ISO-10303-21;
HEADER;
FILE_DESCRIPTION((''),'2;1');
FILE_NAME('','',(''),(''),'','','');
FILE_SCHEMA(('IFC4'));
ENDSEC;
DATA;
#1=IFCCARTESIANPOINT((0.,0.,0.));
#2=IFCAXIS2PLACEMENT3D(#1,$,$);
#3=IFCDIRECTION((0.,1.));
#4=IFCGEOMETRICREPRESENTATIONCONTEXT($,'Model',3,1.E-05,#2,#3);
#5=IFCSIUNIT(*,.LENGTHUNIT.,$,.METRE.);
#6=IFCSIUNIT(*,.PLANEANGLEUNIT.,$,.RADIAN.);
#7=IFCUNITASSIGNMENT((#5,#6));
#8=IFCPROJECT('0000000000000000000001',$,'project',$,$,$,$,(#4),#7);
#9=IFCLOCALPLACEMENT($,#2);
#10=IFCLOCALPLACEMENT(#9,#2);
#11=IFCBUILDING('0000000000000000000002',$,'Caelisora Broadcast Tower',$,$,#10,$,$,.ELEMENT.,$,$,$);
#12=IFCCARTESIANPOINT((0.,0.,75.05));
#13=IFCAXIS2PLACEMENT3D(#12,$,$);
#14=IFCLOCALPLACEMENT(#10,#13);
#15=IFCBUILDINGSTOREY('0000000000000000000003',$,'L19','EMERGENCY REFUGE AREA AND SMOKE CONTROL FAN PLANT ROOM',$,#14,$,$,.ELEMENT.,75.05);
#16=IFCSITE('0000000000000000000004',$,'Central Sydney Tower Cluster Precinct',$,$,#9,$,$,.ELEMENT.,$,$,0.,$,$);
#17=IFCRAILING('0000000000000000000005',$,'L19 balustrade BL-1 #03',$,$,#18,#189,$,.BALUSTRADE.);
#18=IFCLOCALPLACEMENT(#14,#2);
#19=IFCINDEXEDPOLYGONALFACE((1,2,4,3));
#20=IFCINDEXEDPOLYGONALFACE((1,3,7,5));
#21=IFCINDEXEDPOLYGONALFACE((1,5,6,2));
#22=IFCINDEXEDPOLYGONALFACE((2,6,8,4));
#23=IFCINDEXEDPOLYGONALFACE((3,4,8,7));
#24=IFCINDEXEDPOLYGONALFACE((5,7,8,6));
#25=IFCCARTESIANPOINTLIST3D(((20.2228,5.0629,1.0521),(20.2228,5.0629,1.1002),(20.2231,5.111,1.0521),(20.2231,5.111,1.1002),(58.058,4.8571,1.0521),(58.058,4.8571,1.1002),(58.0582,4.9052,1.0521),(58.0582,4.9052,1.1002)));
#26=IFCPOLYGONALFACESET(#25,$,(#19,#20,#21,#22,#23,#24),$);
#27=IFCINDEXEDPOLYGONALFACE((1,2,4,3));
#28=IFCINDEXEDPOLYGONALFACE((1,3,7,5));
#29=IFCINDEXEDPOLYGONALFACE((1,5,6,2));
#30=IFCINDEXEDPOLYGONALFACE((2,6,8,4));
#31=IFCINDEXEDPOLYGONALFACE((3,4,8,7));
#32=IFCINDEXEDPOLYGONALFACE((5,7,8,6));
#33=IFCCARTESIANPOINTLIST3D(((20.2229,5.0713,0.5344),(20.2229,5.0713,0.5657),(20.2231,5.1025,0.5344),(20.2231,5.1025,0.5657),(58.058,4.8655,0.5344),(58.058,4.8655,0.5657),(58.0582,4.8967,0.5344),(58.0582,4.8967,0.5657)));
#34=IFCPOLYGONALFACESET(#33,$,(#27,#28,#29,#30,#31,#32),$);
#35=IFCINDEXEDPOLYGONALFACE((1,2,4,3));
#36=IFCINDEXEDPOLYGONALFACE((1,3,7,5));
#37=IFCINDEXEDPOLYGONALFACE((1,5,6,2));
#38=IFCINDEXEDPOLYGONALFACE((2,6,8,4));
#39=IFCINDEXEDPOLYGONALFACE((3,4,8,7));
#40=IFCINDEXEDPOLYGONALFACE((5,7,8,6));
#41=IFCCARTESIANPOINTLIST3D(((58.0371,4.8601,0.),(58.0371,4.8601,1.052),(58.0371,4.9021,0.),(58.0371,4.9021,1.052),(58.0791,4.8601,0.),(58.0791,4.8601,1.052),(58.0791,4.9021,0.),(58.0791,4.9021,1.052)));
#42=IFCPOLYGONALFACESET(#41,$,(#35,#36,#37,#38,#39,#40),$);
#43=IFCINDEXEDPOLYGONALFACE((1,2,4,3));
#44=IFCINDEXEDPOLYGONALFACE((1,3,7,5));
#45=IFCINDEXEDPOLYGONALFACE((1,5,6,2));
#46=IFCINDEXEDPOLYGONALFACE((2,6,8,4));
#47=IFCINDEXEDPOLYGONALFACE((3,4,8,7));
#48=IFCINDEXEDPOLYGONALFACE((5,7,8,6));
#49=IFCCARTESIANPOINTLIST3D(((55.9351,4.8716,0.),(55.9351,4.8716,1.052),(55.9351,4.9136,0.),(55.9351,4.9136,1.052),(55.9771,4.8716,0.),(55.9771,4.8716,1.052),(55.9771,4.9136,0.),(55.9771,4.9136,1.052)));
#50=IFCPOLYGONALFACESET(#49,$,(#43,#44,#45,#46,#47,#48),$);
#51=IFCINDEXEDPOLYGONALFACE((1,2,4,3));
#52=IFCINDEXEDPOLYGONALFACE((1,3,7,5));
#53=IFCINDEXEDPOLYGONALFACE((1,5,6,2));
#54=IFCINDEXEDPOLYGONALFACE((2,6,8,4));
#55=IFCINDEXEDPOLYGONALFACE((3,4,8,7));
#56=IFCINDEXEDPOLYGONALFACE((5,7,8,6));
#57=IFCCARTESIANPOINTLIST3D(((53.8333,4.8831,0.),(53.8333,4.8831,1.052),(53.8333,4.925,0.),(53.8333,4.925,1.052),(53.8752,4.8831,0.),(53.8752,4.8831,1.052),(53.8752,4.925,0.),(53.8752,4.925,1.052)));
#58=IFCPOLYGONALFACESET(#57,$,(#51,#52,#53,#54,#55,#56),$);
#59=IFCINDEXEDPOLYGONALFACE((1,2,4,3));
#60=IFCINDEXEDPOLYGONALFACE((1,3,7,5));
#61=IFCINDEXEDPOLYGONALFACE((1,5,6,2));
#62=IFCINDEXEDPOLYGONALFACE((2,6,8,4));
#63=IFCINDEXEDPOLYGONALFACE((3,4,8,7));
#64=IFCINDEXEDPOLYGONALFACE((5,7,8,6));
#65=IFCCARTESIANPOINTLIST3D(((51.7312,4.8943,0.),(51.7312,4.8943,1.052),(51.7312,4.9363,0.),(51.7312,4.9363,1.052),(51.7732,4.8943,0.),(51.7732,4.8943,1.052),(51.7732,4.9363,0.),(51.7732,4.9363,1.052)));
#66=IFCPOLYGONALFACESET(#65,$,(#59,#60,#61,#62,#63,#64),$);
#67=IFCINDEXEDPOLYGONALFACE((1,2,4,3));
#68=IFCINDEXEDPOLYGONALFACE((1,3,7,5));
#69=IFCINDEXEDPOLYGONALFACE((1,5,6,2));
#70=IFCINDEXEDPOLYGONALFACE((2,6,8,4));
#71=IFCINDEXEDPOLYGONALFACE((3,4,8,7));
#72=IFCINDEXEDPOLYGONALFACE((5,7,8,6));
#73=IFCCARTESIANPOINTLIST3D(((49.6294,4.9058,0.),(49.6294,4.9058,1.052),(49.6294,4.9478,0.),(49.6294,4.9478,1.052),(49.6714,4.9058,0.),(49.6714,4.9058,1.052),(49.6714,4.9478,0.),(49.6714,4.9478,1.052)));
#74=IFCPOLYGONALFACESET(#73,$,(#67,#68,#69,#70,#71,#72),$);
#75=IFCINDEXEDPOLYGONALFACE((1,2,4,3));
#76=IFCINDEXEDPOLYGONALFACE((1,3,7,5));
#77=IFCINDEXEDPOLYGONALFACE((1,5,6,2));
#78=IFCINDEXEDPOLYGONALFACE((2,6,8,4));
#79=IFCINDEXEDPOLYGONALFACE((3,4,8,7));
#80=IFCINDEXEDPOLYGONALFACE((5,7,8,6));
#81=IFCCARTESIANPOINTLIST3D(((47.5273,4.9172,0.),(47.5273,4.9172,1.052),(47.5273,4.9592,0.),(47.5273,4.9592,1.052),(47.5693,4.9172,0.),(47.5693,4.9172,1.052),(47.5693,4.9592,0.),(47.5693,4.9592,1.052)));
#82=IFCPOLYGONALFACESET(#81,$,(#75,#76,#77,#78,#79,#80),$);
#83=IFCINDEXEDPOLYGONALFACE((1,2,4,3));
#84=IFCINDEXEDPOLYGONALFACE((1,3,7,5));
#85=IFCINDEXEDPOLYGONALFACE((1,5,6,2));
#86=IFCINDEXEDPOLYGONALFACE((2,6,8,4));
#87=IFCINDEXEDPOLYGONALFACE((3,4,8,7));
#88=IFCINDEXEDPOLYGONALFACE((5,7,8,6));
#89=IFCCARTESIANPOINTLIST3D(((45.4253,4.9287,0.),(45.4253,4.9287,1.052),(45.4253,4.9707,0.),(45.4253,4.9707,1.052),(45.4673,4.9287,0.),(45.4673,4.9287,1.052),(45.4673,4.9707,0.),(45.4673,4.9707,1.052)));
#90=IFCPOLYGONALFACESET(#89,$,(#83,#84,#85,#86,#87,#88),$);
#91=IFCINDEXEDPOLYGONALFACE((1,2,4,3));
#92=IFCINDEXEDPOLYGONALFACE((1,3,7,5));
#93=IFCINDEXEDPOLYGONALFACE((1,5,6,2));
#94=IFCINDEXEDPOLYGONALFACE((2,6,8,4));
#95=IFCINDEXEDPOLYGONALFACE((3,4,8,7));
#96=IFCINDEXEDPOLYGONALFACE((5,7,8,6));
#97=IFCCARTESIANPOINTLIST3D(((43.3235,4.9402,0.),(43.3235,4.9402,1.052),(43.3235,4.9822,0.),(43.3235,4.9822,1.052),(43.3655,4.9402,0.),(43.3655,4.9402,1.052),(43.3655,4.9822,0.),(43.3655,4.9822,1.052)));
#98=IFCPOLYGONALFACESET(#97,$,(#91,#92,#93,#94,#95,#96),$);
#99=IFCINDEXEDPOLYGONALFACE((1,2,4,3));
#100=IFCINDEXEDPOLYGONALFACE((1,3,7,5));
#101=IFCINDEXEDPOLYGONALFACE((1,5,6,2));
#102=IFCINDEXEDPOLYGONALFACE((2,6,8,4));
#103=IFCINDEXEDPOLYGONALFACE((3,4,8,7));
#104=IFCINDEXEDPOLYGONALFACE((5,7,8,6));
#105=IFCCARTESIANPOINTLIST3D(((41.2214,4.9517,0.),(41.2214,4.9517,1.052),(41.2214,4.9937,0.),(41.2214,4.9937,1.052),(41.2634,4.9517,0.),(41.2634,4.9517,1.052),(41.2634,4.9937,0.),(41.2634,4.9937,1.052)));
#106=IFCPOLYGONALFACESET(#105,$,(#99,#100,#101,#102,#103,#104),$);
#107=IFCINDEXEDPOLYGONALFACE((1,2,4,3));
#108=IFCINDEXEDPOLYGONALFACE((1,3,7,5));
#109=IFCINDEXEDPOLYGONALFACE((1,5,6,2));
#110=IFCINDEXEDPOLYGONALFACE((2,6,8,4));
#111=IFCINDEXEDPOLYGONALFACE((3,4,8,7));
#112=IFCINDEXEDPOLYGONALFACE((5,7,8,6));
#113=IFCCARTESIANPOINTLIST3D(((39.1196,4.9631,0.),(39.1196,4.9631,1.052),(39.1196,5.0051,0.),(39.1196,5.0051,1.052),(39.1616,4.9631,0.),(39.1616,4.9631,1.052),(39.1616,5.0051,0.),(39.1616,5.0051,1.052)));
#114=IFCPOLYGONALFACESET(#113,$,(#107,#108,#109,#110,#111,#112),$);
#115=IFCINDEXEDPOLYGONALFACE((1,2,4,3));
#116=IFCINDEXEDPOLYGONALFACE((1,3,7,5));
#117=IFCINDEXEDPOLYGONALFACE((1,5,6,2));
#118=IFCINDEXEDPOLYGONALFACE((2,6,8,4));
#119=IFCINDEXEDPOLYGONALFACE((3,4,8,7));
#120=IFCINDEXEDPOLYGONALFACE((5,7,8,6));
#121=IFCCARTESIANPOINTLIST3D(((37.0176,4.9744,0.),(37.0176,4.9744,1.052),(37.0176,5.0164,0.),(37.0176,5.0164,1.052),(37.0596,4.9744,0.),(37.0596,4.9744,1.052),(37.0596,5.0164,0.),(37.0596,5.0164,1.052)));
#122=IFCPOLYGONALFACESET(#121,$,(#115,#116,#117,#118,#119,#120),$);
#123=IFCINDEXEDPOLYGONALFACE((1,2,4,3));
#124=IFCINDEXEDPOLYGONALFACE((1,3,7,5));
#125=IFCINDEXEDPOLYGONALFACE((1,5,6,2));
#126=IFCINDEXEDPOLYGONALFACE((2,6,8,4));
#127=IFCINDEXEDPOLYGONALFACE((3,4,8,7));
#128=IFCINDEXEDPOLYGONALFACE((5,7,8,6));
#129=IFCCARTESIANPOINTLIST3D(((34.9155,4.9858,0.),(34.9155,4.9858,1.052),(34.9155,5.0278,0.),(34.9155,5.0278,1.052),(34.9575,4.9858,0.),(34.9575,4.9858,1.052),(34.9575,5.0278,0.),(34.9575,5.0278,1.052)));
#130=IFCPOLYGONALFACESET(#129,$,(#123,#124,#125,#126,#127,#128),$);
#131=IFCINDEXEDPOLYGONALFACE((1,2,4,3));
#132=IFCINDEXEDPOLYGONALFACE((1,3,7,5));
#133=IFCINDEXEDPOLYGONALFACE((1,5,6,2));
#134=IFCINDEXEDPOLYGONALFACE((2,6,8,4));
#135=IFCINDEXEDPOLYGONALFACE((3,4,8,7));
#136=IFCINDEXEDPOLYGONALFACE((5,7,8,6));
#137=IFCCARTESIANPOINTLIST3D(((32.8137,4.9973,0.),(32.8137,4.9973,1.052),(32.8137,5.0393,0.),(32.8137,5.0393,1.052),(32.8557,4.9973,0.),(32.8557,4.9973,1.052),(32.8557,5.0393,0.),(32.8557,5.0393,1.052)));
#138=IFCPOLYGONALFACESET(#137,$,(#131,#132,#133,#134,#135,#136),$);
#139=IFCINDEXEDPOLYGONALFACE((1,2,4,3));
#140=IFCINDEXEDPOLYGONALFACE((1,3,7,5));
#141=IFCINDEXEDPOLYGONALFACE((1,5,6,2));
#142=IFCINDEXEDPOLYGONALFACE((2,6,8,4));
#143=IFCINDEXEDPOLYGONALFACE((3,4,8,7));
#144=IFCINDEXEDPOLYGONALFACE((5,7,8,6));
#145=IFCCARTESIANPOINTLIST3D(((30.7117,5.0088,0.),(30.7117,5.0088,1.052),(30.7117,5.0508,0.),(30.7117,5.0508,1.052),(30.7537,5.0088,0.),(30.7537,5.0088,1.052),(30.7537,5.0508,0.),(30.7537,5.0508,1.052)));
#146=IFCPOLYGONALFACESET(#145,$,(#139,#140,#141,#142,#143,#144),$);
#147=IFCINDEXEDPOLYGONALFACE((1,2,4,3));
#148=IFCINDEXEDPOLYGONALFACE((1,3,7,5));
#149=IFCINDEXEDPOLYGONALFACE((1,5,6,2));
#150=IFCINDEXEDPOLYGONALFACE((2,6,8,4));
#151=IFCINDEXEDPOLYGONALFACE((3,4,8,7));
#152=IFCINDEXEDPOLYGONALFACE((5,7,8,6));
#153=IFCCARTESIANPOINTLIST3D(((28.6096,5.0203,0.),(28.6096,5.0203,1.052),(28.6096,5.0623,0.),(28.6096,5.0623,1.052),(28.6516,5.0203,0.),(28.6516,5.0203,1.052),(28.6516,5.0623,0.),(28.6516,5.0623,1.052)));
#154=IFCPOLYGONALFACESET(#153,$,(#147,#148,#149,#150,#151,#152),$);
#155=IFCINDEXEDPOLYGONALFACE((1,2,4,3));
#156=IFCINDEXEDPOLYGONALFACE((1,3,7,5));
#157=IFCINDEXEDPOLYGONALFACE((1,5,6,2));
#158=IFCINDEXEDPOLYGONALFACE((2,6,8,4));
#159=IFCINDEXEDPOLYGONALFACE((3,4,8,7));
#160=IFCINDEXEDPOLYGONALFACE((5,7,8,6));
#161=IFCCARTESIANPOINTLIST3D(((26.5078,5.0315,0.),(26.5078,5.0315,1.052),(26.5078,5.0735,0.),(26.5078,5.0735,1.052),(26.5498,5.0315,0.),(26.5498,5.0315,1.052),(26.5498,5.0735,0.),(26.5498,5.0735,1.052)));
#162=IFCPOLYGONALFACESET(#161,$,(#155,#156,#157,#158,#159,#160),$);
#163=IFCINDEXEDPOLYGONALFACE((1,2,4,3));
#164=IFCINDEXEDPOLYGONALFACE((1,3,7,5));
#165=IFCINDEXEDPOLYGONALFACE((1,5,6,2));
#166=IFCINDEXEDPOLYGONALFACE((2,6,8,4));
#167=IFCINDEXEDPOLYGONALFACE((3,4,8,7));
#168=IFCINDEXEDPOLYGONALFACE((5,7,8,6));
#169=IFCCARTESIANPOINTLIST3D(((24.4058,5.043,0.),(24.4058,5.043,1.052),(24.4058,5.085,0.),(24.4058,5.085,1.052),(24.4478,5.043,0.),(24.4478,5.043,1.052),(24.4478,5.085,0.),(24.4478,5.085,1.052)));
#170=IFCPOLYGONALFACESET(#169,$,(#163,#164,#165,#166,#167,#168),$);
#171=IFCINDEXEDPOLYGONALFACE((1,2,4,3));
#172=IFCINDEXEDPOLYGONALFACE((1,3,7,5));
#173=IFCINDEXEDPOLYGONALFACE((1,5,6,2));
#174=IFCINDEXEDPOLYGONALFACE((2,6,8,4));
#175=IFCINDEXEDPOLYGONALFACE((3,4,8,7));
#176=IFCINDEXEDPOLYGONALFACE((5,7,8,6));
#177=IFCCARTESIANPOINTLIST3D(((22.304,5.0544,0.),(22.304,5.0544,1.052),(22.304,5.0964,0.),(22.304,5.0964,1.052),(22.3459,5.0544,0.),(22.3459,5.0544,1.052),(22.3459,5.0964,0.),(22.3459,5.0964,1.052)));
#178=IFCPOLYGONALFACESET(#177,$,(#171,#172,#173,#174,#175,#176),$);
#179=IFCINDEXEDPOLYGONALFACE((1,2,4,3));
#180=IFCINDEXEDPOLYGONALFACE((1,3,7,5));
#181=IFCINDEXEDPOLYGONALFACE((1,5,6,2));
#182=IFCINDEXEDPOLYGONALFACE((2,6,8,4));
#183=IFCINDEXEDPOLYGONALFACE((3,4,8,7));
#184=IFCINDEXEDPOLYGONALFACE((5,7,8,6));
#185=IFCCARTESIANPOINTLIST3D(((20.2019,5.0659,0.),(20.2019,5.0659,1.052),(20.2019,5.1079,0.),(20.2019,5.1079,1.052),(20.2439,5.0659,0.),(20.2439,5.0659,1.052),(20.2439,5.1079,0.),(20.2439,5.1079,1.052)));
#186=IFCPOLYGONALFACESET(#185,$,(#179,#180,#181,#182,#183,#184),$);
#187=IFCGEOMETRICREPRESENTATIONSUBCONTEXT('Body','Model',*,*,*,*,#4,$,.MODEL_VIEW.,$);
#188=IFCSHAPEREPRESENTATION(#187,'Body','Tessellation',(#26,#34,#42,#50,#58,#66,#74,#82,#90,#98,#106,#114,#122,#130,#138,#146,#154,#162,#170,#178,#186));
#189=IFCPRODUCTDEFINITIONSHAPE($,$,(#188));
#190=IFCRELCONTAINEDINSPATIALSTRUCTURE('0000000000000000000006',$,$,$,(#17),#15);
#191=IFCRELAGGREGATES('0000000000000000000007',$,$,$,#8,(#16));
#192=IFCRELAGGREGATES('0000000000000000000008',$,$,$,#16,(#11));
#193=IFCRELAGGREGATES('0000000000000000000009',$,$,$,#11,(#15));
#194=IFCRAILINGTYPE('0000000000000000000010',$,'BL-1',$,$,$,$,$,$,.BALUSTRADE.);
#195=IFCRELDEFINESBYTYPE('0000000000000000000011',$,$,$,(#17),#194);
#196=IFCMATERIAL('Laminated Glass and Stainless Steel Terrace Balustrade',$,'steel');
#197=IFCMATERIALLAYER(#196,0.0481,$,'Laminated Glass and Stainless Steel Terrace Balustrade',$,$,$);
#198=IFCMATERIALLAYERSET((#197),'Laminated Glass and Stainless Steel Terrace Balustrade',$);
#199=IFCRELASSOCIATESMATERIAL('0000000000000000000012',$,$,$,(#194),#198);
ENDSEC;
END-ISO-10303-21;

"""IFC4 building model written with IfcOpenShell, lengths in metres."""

from ifc_helpers import new_model, si_unit, direction, frame, origin, origin_2d, place, context, subcontext, project, spatial, rectangle, extrude, material, layer, layer_set, type_object, element, save


model = new_model("IFC4")

# Units and contexts
model_context = context("Model", 3, precision=1e-05, world=origin(), true_north=direction((0.0, 1.0)))
body_context = subcontext(model_context, "Body", "Model", "MODEL_VIEW")
ifc_project = project(units=[si_unit("LENGTHUNIT", "METRE"), si_unit("PLANEANGLEUNIT", "RADIAN")], contexts=[model_context])

# Site, building, storey
site_placement = place(None, origin())
site = spatial("IfcSite", under=ifc_project, at=site_placement, Name="Central Sydney Tower Cluster Precinct", CompositionType="ELEMENT", RefElevation=0.0)
building_placement = place(site_placement, origin())
building = spatial("IfcBuilding", under=site, at=building_placement, Name="Caelisora Broadcast Tower", CompositionType="ELEMENT")
storey_placement = place(building_placement, frame((0.0, 0.0, 75.05)))
storey = spatial("IfcBuildingStorey", under=building, at=storey_placement, Name="L19", Description="EMERGENCY REFUGE AREA AND SMOKE CONTROL FAN PLANT ROOM", CompositionType="ELEMENT", Elevation=75.05)

# Railing
ifc_material_1 = material(Name="Laminated Glass and Stainless Steel Terrace Balustrade", Category="steel")
ifc_layer_1 = layer(ifc_material_1, 0.0481, Name="Laminated Glass and Stainless Steel Terrace Balustrade")
ifc_layer_set_1 = layer_set([ifc_layer_1], Name="Laminated Glass and Stainless Steel Terrace Balustrade")
railing_type = type_object("IfcRailingType", Name="BL-1", PredefinedType="BALUSTRADE", material=ifc_layer_set_1)
railing_1_placement = place(storey_placement, frame((58.0581, 4.8811, 0.0)))
element("IfcRailing", 1, at=railing_1_placement, inside=storey, type_object=railing_type, Name="L19 balustrade BL-1 #03", PredefinedType="BALUSTRADE", context=body_context, shape_type="SweptSolid", body=[
    extrude(rectangle(XDim=0.0481, YDim=0.0481, at=origin_2d()), frame((0.0, 0.0, 1.0762), z_axis=(-0.999985, 0.00544, 0.0), x_axis=(-0.00544, -0.999985, 0.0)), (0.0, 0.0, 1.0), 37.8357),
    extrude(rectangle(XDim=0.0312, YDim=0.0312, at=origin_2d()), frame((0.0, 0.0, 0.55), z_axis=(-0.999985, 0.00544, 0.0), x_axis=(-0.00544, -0.999985, 0.0)), (0.0, 0.0, 1.0), 37.8357),
    extrude(rectangle(XDim=0.042, YDim=0.042, at=origin_2d()), origin(), (0.0, 0.0, 1.0), 1.052),
    extrude(rectangle(XDim=0.042, YDim=0.042, at=origin_2d()), frame((-2.1021, 0.0115, 0.0)), (0.0, 0.0, 1.0), 1.052),
    extrude(rectangle(XDim=0.042, YDim=0.042, at=origin_2d()), frame((-4.2039, 0.0229, 0.0)), (0.0, 0.0, 1.0), 1.052),
    extrude(rectangle(XDim=0.042, YDim=0.042, at=origin_2d()), frame((-6.3059, 0.0342, 0.0)), (0.0, 0.0, 1.0), 1.052),
    extrude(rectangle(XDim=0.042, YDim=0.042, at=origin_2d()), frame((-8.4077, 0.0457, 0.0)), (0.0, 0.0, 1.0), 1.052),
    extrude(rectangle(XDim=0.042, YDim=0.042, at=origin_2d()), frame((-10.5098, 0.0571, 0.0)), (0.0, 0.0, 1.0), 1.052),
    extrude(rectangle(XDim=0.042, YDim=0.042, at=origin_2d()), frame((-12.6118, 0.0686, 0.0)), (0.0, 0.0, 1.0), 1.052),
    extrude(rectangle(XDim=0.042, YDim=0.042, at=origin_2d()), frame((-14.7136, 0.0801, 0.0)), (0.0, 0.0, 1.0), 1.052),
    extrude(rectangle(XDim=0.042, YDim=0.042, at=origin_2d()), frame((-16.8157, 0.0916, 0.0)), (0.0, 0.0, 1.0), 1.052),
    extrude(rectangle(XDim=0.042, YDim=0.042, at=origin_2d()), frame((-18.9175, 0.103, 0.0)), (0.0, 0.0, 1.0), 1.052),
    extrude(rectangle(XDim=0.042, YDim=0.042, at=origin_2d()), frame((-21.0195, 0.1143, 0.0)), (0.0, 0.0, 1.0), 1.052),
    extrude(rectangle(XDim=0.042, YDim=0.042, at=origin_2d()), frame((-23.1216, 0.1257, 0.0)), (0.0, 0.0, 1.0), 1.052),
    extrude(rectangle(XDim=0.042, YDim=0.042, at=origin_2d()), frame((-25.2234, 0.1372, 0.0)), (0.0, 0.0, 1.0), 1.052),
    extrude(rectangle(XDim=0.042, YDim=0.042, at=origin_2d()), frame((-27.3254, 0.1487, 0.0)), (0.0, 0.0, 1.0), 1.052),
    extrude(rectangle(XDim=0.042, YDim=0.042, at=origin_2d()), frame((-29.4275, 0.1602, 0.0)), (0.0, 0.0, 1.0), 1.052),
    extrude(rectangle(XDim=0.042, YDim=0.042, at=origin_2d()), frame((-31.5293, 0.1714, 0.0)), (0.0, 0.0, 1.0), 1.052),
    extrude(rectangle(XDim=0.042, YDim=0.042, at=origin_2d()), frame((-33.6313, 0.1829, 0.0)), (0.0, 0.0, 1.0), 1.052),
    extrude(rectangle(XDim=0.042, YDim=0.042, at=origin_2d()), frame((-35.7332, 0.1943, 0.0)), (0.0, 0.0, 1.0), 1.052),
    extrude(rectangle(XDim=0.042, YDim=0.042, at=origin_2d()), frame((-37.8352, 0.2058, 0.0)), (0.0, 0.0, 1.0), 1.052),
])

save(model, "model.ifc")
